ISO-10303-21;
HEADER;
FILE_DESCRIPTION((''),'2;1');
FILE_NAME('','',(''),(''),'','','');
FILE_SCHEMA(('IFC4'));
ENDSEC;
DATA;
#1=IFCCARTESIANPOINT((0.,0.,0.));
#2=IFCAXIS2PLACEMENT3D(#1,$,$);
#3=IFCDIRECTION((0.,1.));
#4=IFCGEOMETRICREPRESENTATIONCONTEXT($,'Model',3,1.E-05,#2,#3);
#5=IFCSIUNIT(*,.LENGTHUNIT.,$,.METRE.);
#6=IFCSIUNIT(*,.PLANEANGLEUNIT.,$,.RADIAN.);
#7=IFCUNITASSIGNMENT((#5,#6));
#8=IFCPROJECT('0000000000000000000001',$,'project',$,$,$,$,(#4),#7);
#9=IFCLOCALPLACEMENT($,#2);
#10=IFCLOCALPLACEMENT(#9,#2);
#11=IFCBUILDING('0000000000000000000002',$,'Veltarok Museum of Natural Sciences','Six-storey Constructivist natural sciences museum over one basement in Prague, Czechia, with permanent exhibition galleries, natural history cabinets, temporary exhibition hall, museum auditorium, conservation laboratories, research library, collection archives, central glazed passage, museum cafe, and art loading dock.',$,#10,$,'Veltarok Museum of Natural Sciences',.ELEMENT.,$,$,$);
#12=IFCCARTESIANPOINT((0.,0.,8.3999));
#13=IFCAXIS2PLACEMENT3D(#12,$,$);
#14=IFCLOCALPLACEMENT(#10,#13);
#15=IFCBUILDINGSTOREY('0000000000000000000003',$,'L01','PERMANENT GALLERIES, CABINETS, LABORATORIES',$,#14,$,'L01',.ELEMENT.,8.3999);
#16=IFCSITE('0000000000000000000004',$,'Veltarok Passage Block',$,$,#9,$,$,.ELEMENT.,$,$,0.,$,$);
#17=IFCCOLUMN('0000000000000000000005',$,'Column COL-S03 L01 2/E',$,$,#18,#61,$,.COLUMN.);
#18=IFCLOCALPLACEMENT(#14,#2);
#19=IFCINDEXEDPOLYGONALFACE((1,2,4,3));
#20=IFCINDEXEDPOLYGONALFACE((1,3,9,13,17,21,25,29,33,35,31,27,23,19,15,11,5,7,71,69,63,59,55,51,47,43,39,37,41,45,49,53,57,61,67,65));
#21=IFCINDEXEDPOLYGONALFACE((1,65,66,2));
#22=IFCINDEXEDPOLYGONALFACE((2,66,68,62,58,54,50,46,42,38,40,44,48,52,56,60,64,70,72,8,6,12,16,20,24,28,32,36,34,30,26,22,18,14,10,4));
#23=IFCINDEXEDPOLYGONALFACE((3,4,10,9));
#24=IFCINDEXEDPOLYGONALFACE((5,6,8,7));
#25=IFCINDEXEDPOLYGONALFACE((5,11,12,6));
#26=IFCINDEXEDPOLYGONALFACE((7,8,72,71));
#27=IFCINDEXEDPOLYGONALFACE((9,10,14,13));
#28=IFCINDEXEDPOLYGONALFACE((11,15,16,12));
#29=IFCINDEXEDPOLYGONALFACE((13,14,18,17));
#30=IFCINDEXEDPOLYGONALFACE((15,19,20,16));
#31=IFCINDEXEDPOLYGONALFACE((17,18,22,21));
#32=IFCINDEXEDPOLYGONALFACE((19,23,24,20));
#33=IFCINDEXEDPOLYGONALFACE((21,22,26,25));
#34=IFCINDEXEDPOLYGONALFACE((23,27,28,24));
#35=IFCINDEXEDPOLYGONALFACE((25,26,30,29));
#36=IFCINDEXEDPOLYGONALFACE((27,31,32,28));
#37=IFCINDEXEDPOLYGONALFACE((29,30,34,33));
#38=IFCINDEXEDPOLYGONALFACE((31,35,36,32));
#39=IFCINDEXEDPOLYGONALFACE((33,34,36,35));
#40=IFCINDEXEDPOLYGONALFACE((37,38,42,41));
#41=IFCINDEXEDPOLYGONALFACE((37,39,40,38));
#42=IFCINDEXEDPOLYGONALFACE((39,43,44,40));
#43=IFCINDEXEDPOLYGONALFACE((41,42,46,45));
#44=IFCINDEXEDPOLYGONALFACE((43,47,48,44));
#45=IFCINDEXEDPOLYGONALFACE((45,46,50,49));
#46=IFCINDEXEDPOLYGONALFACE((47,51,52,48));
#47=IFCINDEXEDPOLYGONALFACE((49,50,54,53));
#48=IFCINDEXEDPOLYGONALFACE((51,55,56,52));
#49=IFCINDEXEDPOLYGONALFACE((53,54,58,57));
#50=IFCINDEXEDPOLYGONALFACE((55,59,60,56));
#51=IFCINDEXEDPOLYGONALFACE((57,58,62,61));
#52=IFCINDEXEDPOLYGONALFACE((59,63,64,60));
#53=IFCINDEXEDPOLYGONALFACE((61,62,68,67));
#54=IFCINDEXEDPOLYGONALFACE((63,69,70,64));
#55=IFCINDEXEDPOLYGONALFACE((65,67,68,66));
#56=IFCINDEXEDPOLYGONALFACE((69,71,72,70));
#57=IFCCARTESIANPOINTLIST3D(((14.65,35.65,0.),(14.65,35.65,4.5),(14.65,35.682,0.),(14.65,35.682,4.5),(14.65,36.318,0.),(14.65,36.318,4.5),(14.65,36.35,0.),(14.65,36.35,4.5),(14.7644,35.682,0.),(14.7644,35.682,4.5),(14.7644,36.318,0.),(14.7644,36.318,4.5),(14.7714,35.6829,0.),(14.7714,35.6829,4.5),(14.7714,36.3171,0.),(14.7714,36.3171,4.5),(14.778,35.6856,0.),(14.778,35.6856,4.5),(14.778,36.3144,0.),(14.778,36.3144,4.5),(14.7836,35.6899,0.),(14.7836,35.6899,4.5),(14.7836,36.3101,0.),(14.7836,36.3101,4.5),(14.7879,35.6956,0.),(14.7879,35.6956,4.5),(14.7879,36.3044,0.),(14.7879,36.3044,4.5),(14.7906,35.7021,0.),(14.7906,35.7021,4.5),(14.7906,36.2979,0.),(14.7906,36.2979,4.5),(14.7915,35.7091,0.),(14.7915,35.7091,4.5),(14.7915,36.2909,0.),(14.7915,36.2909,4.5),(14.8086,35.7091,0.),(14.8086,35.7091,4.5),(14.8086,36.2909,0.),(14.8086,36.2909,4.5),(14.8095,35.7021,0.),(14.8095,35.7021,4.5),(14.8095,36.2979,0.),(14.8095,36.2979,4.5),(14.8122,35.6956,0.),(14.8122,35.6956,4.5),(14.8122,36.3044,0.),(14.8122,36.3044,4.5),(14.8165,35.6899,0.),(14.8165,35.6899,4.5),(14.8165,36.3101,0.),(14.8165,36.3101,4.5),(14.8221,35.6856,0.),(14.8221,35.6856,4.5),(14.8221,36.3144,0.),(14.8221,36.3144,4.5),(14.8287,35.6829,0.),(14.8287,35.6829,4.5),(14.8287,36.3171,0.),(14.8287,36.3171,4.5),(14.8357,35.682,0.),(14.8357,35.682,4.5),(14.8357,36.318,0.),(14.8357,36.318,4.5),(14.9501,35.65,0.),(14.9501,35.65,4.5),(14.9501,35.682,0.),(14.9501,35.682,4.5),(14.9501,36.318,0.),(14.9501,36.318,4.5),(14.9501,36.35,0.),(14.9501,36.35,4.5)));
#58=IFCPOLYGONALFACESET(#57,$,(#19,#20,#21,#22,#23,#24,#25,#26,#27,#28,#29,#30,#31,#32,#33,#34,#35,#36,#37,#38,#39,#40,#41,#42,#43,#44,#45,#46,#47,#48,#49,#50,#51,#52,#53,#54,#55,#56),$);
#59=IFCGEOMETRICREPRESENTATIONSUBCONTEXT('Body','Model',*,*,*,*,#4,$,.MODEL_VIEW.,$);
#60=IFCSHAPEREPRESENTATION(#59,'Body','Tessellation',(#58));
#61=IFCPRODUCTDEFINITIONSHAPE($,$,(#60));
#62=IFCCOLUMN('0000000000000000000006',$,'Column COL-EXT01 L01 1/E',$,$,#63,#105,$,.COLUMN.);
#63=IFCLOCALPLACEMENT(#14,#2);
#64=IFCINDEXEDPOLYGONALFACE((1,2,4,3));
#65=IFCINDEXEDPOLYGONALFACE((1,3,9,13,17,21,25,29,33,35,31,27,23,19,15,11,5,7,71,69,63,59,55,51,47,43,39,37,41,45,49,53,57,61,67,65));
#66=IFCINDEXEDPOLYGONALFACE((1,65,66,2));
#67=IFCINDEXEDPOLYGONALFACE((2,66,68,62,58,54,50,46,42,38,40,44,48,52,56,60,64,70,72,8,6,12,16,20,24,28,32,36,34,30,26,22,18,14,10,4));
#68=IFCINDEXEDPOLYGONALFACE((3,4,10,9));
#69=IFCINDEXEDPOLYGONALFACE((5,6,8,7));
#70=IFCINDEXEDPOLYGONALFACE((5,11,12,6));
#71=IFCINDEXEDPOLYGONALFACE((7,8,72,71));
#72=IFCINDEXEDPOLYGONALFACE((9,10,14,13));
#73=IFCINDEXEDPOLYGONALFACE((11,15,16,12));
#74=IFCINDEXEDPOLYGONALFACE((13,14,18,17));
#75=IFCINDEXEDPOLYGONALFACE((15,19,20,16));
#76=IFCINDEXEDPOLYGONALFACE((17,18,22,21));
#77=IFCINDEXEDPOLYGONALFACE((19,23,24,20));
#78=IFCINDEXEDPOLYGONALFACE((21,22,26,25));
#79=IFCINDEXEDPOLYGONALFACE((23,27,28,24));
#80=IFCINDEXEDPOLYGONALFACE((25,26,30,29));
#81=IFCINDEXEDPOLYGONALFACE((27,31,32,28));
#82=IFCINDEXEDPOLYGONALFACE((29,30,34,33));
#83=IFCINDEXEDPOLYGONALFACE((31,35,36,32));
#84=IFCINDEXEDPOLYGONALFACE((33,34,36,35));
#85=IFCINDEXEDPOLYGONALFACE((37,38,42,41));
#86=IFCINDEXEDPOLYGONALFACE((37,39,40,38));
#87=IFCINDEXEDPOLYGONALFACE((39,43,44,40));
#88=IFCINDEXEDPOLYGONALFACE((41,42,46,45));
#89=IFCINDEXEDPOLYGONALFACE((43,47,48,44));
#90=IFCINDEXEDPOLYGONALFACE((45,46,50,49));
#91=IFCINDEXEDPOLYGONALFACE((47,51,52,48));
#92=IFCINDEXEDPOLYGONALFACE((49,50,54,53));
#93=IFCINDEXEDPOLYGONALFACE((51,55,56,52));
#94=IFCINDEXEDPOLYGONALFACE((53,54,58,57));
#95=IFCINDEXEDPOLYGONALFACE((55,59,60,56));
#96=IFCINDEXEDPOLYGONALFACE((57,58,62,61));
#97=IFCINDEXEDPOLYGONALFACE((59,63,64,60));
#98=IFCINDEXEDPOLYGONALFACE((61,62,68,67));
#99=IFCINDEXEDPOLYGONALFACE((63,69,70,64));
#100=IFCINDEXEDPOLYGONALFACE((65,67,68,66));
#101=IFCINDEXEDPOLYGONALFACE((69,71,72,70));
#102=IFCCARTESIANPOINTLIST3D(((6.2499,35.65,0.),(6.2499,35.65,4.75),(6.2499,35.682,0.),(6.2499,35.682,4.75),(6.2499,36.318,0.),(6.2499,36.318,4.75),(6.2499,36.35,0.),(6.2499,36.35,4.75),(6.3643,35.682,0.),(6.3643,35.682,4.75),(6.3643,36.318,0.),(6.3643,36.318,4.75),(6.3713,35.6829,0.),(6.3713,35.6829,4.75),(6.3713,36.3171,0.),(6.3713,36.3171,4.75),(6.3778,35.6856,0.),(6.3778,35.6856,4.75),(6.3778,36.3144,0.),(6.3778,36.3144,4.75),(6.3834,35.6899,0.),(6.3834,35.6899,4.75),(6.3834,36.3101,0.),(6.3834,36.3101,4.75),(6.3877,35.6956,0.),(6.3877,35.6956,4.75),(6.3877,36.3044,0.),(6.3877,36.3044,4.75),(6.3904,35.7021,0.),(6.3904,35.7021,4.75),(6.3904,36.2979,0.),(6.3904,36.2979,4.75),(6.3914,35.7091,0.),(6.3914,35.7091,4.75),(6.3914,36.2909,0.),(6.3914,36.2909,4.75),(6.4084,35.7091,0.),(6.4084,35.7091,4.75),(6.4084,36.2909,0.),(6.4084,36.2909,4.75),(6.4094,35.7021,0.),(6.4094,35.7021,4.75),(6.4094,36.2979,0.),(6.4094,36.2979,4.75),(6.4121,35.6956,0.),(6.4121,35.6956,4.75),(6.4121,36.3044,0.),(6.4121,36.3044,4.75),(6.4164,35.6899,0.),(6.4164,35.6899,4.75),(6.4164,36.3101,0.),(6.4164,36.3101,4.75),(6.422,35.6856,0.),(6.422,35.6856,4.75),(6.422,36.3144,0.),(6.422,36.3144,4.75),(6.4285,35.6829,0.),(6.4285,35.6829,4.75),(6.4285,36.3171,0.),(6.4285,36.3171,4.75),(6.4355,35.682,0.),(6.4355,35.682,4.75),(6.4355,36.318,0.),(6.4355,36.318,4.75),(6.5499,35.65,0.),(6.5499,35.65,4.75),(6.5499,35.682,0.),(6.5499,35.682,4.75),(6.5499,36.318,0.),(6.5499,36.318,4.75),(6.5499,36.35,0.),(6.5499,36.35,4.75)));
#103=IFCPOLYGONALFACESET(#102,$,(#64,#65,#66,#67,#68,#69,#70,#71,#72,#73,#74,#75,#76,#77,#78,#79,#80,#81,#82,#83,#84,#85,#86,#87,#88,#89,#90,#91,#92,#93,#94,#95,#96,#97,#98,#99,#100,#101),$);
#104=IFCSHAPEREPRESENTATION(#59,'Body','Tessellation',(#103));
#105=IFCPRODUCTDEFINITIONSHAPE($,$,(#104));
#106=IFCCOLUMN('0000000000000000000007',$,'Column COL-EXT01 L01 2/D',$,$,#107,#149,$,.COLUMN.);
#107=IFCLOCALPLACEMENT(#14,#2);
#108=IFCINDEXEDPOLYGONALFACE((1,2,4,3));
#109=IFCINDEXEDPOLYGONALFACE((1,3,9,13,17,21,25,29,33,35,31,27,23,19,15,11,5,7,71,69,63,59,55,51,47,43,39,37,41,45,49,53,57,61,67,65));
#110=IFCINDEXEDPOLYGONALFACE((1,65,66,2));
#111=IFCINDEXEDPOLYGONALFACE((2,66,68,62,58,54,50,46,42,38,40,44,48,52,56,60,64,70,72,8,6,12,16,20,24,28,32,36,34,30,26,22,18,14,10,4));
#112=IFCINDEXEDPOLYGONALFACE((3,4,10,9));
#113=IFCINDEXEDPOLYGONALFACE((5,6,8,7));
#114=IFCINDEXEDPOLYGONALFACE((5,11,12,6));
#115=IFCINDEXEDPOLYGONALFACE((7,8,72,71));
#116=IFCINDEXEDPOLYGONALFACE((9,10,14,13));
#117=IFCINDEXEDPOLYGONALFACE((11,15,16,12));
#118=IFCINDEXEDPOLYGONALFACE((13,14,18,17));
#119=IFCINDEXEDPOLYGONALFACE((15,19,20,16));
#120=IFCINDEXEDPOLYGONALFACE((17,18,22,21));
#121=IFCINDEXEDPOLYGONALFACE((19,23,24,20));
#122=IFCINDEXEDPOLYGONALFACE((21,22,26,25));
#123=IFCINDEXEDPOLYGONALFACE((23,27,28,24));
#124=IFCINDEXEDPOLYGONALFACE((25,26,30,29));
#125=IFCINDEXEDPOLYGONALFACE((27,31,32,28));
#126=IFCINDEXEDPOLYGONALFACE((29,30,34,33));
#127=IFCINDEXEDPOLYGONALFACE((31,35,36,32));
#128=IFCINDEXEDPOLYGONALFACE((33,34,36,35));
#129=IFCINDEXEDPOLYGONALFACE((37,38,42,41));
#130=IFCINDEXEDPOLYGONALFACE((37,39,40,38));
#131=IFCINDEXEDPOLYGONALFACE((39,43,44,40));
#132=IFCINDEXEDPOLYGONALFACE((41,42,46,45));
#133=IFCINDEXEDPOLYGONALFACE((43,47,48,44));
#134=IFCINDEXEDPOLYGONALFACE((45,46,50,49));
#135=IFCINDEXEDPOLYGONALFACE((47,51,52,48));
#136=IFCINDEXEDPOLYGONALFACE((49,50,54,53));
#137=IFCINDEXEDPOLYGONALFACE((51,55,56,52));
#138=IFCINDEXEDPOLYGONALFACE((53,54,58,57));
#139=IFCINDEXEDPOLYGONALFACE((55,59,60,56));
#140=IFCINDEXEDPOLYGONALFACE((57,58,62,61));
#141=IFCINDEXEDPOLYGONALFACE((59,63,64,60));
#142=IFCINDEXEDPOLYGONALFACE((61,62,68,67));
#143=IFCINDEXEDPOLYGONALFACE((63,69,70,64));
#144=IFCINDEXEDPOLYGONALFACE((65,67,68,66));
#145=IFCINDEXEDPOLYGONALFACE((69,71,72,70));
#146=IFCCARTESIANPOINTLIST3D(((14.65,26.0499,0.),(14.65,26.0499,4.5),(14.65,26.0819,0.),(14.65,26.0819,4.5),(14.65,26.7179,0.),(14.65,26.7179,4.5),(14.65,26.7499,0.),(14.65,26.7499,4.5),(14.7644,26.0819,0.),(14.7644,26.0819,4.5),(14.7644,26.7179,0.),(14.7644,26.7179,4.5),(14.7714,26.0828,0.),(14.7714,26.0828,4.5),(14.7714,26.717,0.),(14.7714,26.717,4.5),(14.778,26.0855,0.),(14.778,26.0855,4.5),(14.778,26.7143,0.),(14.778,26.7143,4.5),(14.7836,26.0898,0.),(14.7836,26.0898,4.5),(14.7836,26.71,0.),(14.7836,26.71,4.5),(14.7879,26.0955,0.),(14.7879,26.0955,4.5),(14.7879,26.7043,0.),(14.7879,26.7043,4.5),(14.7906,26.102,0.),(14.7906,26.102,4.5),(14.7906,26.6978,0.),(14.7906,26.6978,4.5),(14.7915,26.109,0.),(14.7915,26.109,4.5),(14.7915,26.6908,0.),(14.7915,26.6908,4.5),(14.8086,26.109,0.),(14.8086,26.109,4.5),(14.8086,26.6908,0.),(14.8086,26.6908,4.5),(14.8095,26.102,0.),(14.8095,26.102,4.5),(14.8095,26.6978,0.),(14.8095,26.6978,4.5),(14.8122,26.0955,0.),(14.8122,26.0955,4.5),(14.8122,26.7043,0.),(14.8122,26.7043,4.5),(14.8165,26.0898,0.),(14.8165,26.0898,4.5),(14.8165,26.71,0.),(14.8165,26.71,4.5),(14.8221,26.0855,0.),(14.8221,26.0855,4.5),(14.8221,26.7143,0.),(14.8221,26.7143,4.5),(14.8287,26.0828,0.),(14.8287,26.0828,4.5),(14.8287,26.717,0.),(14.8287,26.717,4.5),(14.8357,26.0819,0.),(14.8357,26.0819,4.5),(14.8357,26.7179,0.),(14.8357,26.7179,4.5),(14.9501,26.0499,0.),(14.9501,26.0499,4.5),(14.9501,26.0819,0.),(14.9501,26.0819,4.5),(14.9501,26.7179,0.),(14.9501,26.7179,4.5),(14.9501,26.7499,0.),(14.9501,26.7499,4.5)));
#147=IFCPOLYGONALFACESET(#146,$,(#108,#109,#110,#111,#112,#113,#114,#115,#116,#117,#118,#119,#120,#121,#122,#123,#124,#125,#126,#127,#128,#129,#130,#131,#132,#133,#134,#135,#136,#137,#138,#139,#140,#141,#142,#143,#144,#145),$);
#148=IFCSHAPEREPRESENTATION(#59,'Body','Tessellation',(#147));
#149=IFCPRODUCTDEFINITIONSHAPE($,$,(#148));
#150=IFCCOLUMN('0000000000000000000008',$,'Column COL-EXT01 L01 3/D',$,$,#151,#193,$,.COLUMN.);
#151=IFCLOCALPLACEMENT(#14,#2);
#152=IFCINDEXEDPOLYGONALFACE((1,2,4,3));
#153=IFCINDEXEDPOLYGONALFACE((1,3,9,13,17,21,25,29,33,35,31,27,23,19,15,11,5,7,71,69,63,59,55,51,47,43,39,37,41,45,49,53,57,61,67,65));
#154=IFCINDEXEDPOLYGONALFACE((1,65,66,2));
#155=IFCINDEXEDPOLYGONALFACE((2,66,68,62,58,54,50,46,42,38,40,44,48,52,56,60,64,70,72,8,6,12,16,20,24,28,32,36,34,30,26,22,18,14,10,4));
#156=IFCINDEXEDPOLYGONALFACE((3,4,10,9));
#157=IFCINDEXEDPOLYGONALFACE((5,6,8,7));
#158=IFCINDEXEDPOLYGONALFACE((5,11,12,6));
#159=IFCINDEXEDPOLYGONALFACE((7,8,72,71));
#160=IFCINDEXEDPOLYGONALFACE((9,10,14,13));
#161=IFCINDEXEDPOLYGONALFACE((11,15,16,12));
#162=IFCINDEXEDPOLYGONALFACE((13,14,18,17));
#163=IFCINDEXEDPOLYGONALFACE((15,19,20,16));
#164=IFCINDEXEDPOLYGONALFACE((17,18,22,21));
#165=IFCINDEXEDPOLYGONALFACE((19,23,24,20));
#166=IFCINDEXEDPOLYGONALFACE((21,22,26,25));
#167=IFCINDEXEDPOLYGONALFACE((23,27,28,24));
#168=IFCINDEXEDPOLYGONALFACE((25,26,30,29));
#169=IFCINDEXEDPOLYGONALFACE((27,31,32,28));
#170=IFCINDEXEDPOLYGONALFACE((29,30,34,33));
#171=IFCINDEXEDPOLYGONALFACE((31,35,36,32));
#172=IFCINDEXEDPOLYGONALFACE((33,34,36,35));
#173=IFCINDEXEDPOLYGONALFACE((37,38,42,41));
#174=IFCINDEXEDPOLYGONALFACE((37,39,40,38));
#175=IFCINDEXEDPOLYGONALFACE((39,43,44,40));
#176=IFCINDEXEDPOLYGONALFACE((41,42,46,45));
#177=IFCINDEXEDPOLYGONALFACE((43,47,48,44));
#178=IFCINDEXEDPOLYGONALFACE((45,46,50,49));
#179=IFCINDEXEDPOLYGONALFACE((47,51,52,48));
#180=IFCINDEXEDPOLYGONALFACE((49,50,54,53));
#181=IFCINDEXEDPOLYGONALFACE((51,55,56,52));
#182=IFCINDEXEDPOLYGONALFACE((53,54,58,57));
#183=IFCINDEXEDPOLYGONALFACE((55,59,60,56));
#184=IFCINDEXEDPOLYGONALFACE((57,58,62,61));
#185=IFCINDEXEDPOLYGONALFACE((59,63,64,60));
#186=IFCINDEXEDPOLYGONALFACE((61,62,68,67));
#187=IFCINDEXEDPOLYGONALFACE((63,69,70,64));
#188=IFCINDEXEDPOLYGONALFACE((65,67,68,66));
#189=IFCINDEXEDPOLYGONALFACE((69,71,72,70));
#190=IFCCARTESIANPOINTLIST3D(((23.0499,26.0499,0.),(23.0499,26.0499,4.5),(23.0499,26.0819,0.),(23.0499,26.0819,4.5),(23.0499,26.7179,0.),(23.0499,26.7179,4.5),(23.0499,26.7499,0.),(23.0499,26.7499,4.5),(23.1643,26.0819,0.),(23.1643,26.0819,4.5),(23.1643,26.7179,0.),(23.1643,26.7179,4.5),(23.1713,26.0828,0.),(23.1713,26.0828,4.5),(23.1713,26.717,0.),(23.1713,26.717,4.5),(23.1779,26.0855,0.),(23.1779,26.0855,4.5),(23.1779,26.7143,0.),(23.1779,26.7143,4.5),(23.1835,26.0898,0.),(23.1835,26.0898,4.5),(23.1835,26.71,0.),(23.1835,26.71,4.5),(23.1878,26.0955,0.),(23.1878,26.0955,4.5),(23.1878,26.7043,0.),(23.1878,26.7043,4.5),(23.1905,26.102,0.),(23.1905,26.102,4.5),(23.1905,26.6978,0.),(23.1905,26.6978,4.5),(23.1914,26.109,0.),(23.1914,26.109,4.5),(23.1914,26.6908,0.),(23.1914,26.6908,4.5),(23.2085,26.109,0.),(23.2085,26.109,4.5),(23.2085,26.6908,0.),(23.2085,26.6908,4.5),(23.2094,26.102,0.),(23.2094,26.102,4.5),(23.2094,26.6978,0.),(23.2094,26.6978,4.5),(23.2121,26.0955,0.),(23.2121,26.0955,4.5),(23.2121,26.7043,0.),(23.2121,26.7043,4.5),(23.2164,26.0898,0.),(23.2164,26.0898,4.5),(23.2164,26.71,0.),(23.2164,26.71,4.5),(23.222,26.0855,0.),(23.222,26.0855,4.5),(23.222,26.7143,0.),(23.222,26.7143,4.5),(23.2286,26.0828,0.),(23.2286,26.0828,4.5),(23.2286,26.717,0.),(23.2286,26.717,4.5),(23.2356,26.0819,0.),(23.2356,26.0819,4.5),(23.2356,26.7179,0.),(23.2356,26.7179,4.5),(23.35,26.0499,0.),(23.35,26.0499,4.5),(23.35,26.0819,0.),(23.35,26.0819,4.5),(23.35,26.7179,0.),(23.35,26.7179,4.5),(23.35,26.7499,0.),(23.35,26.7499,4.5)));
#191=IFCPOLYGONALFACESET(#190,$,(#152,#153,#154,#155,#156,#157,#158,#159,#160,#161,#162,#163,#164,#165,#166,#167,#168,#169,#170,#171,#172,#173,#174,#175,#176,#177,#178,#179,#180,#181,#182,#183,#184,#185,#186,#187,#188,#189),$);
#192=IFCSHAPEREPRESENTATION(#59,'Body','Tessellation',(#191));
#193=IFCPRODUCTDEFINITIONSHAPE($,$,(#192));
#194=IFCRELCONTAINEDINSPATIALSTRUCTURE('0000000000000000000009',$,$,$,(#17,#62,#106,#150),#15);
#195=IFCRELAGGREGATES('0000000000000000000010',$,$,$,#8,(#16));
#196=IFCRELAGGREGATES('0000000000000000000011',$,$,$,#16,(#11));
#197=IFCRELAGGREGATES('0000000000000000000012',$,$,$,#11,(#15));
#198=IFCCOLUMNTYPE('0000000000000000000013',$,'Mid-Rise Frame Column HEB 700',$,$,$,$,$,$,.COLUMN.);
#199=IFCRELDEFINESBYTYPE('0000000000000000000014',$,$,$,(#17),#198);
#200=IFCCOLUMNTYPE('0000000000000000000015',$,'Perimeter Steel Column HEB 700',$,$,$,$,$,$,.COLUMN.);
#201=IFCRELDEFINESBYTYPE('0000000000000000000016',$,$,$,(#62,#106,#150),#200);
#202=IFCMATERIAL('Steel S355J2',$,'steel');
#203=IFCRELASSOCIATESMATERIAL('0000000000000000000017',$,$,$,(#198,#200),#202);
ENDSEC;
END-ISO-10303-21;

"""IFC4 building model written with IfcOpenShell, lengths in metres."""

from ifc_helpers import new_model, si_unit, direction, frame, origin, origin_2d, place, context, subcontext, project, spatial, i_section, extrude, material, material_profile, profile_set, type_object, element, save


model = new_model("IFC4")

# Units and contexts
model_context = context("Model", 3, precision=1e-05, world=origin(), true_north=direction((0.0, 1.0)))
body_context = subcontext(model_context, "Body", "Model", "MODEL_VIEW")
ifc_project = project(units=[si_unit("LENGTHUNIT", "METRE"), si_unit("PLANEANGLEUNIT", "RADIAN")], contexts=[model_context])

# Site, building, storey
site_placement = place(None, origin())
site = spatial("IfcSite", under=ifc_project, at=site_placement, Name="Veltarok Passage Block", CompositionType="ELEMENT", RefElevation=0.0)
building_placement = place(site_placement, origin())
building = spatial("IfcBuilding", under=site, at=building_placement, Name="Veltarok Museum of Natural Sciences", Description="Six-storey Constructivist natural sciences museum over one basement in Prague, Czechia, with permanent exhibition galleries, natural history cabinets, temporary exhibition hall, museum auditorium, conservation laboratories, research library, collection archives, central glazed passage, museum cafe, and art loading dock.", LongName="Veltarok Museum of Natural Sciences", CompositionType="ELEMENT")
storey_placement = place(building_placement, frame((0.0, 0.0, 8.3999)))
storey = spatial("IfcBuildingStorey", under=building, at=storey_placement, Name="L01", Description="PERMANENT GALLERIES, CABINETS, LABORATORIES", LongName="L01", CompositionType="ELEMENT", Elevation=8.3999)

# Columns
ifc_material_1 = material(Name="Steel S355J2", Category="steel")
ifc_material_profile_1 = material_profile(ifc_material_1, i_section(OverallWidth=0.3, OverallDepth=0.7, WebThickness=0.0171, FlangeThickness=0.032, FilletRadius=0.0271, at=origin_2d()), Name="HEB 700")
ifc_profile_set_1 = profile_set([ifc_material_profile_1], Name="Steel S355J2")
column_type_1 = type_object("IfcColumnType", Name="Mid-Rise Frame Column HEB 700", PredefinedType="COLUMN", material=ifc_profile_set_1)
column_1_placement = place(storey_placement, frame((14.8, 36.0, 0.0), z_axis=(0.0, 0.0, 1.0), x_axis=(1.0, 0.0, 0.0)))
element("IfcColumn", 1, at=column_1_placement, inside=storey, type_object=column_type_1, Name="Column COL-S03 L01 2/E", PredefinedType="COLUMN", context=body_context, shape_type="SweptSolid", body=[
    extrude(i_section(OverallWidth=0.3, OverallDepth=0.7, WebThickness=0.0171, FlangeThickness=0.032, FilletRadius=0.0271, at=origin_2d()), origin(), (0.0, 0.0, 1.0), 4.5),
])
ifc_material_profile_2 = material_profile(ifc_material_1, i_section(OverallWidth=0.3, OverallDepth=0.7, WebThickness=0.0171, FlangeThickness=0.032, FilletRadius=0.0271, at=origin_2d()), Name="HEB 700")
ifc_profile_set_2 = profile_set([ifc_material_profile_2], Name="Steel S355J2")
column_type_2 = type_object("IfcColumnType", Name="Perimeter Steel Column HEB 700", PredefinedType="COLUMN", material=ifc_profile_set_2)
column_2_placement = place(storey_placement, frame((6.3999, 36.0, 0.0), z_axis=(0.0, 0.0, 1.0), x_axis=(1.0, 0.0, 0.0)))
element("IfcColumn", 2, at=column_2_placement, inside=storey, type_object=column_type_2, Name="Column COL-EXT01 L01 1/E", PredefinedType="COLUMN", context=body_context, shape_type="SweptSolid", body=[
    extrude(i_section(OverallWidth=0.3, OverallDepth=0.7, WebThickness=0.0171, FlangeThickness=0.032, FilletRadius=0.0271, at=origin_2d()), origin(), (0.0, 0.0, 1.0), 4.75),
])
for number, where, z_axis, x_axis, name in (
    (3, (14.8, 26.3999, 0.0), (0.0, 0.0, 1.0), (1.0, 0.0, 0.0), "Column COL-EXT01 L01 2/D"),
    (4, (23.2, 26.3999, 0.0), (0.0, 0.0, 1.0), (1.0, 0.0, 0.0), "Column COL-EXT01 L01 3/D"),
):
    element("IfcColumn", number, at=place(storey_placement, frame(where, z_axis=z_axis, x_axis=x_axis)), inside=storey, type_object=column_type_2, Name=name, PredefinedType="COLUMN", context=body_context, shape_type="SweptSolid", body=[
        extrude(i_section(OverallWidth=0.3, OverallDepth=0.7, WebThickness=0.0171, FlangeThickness=0.032, FilletRadius=0.0271, at=origin_2d()), origin(), (0.0, 0.0, 1.0), 4.5),
    ])

save(model, "model.ifc")
